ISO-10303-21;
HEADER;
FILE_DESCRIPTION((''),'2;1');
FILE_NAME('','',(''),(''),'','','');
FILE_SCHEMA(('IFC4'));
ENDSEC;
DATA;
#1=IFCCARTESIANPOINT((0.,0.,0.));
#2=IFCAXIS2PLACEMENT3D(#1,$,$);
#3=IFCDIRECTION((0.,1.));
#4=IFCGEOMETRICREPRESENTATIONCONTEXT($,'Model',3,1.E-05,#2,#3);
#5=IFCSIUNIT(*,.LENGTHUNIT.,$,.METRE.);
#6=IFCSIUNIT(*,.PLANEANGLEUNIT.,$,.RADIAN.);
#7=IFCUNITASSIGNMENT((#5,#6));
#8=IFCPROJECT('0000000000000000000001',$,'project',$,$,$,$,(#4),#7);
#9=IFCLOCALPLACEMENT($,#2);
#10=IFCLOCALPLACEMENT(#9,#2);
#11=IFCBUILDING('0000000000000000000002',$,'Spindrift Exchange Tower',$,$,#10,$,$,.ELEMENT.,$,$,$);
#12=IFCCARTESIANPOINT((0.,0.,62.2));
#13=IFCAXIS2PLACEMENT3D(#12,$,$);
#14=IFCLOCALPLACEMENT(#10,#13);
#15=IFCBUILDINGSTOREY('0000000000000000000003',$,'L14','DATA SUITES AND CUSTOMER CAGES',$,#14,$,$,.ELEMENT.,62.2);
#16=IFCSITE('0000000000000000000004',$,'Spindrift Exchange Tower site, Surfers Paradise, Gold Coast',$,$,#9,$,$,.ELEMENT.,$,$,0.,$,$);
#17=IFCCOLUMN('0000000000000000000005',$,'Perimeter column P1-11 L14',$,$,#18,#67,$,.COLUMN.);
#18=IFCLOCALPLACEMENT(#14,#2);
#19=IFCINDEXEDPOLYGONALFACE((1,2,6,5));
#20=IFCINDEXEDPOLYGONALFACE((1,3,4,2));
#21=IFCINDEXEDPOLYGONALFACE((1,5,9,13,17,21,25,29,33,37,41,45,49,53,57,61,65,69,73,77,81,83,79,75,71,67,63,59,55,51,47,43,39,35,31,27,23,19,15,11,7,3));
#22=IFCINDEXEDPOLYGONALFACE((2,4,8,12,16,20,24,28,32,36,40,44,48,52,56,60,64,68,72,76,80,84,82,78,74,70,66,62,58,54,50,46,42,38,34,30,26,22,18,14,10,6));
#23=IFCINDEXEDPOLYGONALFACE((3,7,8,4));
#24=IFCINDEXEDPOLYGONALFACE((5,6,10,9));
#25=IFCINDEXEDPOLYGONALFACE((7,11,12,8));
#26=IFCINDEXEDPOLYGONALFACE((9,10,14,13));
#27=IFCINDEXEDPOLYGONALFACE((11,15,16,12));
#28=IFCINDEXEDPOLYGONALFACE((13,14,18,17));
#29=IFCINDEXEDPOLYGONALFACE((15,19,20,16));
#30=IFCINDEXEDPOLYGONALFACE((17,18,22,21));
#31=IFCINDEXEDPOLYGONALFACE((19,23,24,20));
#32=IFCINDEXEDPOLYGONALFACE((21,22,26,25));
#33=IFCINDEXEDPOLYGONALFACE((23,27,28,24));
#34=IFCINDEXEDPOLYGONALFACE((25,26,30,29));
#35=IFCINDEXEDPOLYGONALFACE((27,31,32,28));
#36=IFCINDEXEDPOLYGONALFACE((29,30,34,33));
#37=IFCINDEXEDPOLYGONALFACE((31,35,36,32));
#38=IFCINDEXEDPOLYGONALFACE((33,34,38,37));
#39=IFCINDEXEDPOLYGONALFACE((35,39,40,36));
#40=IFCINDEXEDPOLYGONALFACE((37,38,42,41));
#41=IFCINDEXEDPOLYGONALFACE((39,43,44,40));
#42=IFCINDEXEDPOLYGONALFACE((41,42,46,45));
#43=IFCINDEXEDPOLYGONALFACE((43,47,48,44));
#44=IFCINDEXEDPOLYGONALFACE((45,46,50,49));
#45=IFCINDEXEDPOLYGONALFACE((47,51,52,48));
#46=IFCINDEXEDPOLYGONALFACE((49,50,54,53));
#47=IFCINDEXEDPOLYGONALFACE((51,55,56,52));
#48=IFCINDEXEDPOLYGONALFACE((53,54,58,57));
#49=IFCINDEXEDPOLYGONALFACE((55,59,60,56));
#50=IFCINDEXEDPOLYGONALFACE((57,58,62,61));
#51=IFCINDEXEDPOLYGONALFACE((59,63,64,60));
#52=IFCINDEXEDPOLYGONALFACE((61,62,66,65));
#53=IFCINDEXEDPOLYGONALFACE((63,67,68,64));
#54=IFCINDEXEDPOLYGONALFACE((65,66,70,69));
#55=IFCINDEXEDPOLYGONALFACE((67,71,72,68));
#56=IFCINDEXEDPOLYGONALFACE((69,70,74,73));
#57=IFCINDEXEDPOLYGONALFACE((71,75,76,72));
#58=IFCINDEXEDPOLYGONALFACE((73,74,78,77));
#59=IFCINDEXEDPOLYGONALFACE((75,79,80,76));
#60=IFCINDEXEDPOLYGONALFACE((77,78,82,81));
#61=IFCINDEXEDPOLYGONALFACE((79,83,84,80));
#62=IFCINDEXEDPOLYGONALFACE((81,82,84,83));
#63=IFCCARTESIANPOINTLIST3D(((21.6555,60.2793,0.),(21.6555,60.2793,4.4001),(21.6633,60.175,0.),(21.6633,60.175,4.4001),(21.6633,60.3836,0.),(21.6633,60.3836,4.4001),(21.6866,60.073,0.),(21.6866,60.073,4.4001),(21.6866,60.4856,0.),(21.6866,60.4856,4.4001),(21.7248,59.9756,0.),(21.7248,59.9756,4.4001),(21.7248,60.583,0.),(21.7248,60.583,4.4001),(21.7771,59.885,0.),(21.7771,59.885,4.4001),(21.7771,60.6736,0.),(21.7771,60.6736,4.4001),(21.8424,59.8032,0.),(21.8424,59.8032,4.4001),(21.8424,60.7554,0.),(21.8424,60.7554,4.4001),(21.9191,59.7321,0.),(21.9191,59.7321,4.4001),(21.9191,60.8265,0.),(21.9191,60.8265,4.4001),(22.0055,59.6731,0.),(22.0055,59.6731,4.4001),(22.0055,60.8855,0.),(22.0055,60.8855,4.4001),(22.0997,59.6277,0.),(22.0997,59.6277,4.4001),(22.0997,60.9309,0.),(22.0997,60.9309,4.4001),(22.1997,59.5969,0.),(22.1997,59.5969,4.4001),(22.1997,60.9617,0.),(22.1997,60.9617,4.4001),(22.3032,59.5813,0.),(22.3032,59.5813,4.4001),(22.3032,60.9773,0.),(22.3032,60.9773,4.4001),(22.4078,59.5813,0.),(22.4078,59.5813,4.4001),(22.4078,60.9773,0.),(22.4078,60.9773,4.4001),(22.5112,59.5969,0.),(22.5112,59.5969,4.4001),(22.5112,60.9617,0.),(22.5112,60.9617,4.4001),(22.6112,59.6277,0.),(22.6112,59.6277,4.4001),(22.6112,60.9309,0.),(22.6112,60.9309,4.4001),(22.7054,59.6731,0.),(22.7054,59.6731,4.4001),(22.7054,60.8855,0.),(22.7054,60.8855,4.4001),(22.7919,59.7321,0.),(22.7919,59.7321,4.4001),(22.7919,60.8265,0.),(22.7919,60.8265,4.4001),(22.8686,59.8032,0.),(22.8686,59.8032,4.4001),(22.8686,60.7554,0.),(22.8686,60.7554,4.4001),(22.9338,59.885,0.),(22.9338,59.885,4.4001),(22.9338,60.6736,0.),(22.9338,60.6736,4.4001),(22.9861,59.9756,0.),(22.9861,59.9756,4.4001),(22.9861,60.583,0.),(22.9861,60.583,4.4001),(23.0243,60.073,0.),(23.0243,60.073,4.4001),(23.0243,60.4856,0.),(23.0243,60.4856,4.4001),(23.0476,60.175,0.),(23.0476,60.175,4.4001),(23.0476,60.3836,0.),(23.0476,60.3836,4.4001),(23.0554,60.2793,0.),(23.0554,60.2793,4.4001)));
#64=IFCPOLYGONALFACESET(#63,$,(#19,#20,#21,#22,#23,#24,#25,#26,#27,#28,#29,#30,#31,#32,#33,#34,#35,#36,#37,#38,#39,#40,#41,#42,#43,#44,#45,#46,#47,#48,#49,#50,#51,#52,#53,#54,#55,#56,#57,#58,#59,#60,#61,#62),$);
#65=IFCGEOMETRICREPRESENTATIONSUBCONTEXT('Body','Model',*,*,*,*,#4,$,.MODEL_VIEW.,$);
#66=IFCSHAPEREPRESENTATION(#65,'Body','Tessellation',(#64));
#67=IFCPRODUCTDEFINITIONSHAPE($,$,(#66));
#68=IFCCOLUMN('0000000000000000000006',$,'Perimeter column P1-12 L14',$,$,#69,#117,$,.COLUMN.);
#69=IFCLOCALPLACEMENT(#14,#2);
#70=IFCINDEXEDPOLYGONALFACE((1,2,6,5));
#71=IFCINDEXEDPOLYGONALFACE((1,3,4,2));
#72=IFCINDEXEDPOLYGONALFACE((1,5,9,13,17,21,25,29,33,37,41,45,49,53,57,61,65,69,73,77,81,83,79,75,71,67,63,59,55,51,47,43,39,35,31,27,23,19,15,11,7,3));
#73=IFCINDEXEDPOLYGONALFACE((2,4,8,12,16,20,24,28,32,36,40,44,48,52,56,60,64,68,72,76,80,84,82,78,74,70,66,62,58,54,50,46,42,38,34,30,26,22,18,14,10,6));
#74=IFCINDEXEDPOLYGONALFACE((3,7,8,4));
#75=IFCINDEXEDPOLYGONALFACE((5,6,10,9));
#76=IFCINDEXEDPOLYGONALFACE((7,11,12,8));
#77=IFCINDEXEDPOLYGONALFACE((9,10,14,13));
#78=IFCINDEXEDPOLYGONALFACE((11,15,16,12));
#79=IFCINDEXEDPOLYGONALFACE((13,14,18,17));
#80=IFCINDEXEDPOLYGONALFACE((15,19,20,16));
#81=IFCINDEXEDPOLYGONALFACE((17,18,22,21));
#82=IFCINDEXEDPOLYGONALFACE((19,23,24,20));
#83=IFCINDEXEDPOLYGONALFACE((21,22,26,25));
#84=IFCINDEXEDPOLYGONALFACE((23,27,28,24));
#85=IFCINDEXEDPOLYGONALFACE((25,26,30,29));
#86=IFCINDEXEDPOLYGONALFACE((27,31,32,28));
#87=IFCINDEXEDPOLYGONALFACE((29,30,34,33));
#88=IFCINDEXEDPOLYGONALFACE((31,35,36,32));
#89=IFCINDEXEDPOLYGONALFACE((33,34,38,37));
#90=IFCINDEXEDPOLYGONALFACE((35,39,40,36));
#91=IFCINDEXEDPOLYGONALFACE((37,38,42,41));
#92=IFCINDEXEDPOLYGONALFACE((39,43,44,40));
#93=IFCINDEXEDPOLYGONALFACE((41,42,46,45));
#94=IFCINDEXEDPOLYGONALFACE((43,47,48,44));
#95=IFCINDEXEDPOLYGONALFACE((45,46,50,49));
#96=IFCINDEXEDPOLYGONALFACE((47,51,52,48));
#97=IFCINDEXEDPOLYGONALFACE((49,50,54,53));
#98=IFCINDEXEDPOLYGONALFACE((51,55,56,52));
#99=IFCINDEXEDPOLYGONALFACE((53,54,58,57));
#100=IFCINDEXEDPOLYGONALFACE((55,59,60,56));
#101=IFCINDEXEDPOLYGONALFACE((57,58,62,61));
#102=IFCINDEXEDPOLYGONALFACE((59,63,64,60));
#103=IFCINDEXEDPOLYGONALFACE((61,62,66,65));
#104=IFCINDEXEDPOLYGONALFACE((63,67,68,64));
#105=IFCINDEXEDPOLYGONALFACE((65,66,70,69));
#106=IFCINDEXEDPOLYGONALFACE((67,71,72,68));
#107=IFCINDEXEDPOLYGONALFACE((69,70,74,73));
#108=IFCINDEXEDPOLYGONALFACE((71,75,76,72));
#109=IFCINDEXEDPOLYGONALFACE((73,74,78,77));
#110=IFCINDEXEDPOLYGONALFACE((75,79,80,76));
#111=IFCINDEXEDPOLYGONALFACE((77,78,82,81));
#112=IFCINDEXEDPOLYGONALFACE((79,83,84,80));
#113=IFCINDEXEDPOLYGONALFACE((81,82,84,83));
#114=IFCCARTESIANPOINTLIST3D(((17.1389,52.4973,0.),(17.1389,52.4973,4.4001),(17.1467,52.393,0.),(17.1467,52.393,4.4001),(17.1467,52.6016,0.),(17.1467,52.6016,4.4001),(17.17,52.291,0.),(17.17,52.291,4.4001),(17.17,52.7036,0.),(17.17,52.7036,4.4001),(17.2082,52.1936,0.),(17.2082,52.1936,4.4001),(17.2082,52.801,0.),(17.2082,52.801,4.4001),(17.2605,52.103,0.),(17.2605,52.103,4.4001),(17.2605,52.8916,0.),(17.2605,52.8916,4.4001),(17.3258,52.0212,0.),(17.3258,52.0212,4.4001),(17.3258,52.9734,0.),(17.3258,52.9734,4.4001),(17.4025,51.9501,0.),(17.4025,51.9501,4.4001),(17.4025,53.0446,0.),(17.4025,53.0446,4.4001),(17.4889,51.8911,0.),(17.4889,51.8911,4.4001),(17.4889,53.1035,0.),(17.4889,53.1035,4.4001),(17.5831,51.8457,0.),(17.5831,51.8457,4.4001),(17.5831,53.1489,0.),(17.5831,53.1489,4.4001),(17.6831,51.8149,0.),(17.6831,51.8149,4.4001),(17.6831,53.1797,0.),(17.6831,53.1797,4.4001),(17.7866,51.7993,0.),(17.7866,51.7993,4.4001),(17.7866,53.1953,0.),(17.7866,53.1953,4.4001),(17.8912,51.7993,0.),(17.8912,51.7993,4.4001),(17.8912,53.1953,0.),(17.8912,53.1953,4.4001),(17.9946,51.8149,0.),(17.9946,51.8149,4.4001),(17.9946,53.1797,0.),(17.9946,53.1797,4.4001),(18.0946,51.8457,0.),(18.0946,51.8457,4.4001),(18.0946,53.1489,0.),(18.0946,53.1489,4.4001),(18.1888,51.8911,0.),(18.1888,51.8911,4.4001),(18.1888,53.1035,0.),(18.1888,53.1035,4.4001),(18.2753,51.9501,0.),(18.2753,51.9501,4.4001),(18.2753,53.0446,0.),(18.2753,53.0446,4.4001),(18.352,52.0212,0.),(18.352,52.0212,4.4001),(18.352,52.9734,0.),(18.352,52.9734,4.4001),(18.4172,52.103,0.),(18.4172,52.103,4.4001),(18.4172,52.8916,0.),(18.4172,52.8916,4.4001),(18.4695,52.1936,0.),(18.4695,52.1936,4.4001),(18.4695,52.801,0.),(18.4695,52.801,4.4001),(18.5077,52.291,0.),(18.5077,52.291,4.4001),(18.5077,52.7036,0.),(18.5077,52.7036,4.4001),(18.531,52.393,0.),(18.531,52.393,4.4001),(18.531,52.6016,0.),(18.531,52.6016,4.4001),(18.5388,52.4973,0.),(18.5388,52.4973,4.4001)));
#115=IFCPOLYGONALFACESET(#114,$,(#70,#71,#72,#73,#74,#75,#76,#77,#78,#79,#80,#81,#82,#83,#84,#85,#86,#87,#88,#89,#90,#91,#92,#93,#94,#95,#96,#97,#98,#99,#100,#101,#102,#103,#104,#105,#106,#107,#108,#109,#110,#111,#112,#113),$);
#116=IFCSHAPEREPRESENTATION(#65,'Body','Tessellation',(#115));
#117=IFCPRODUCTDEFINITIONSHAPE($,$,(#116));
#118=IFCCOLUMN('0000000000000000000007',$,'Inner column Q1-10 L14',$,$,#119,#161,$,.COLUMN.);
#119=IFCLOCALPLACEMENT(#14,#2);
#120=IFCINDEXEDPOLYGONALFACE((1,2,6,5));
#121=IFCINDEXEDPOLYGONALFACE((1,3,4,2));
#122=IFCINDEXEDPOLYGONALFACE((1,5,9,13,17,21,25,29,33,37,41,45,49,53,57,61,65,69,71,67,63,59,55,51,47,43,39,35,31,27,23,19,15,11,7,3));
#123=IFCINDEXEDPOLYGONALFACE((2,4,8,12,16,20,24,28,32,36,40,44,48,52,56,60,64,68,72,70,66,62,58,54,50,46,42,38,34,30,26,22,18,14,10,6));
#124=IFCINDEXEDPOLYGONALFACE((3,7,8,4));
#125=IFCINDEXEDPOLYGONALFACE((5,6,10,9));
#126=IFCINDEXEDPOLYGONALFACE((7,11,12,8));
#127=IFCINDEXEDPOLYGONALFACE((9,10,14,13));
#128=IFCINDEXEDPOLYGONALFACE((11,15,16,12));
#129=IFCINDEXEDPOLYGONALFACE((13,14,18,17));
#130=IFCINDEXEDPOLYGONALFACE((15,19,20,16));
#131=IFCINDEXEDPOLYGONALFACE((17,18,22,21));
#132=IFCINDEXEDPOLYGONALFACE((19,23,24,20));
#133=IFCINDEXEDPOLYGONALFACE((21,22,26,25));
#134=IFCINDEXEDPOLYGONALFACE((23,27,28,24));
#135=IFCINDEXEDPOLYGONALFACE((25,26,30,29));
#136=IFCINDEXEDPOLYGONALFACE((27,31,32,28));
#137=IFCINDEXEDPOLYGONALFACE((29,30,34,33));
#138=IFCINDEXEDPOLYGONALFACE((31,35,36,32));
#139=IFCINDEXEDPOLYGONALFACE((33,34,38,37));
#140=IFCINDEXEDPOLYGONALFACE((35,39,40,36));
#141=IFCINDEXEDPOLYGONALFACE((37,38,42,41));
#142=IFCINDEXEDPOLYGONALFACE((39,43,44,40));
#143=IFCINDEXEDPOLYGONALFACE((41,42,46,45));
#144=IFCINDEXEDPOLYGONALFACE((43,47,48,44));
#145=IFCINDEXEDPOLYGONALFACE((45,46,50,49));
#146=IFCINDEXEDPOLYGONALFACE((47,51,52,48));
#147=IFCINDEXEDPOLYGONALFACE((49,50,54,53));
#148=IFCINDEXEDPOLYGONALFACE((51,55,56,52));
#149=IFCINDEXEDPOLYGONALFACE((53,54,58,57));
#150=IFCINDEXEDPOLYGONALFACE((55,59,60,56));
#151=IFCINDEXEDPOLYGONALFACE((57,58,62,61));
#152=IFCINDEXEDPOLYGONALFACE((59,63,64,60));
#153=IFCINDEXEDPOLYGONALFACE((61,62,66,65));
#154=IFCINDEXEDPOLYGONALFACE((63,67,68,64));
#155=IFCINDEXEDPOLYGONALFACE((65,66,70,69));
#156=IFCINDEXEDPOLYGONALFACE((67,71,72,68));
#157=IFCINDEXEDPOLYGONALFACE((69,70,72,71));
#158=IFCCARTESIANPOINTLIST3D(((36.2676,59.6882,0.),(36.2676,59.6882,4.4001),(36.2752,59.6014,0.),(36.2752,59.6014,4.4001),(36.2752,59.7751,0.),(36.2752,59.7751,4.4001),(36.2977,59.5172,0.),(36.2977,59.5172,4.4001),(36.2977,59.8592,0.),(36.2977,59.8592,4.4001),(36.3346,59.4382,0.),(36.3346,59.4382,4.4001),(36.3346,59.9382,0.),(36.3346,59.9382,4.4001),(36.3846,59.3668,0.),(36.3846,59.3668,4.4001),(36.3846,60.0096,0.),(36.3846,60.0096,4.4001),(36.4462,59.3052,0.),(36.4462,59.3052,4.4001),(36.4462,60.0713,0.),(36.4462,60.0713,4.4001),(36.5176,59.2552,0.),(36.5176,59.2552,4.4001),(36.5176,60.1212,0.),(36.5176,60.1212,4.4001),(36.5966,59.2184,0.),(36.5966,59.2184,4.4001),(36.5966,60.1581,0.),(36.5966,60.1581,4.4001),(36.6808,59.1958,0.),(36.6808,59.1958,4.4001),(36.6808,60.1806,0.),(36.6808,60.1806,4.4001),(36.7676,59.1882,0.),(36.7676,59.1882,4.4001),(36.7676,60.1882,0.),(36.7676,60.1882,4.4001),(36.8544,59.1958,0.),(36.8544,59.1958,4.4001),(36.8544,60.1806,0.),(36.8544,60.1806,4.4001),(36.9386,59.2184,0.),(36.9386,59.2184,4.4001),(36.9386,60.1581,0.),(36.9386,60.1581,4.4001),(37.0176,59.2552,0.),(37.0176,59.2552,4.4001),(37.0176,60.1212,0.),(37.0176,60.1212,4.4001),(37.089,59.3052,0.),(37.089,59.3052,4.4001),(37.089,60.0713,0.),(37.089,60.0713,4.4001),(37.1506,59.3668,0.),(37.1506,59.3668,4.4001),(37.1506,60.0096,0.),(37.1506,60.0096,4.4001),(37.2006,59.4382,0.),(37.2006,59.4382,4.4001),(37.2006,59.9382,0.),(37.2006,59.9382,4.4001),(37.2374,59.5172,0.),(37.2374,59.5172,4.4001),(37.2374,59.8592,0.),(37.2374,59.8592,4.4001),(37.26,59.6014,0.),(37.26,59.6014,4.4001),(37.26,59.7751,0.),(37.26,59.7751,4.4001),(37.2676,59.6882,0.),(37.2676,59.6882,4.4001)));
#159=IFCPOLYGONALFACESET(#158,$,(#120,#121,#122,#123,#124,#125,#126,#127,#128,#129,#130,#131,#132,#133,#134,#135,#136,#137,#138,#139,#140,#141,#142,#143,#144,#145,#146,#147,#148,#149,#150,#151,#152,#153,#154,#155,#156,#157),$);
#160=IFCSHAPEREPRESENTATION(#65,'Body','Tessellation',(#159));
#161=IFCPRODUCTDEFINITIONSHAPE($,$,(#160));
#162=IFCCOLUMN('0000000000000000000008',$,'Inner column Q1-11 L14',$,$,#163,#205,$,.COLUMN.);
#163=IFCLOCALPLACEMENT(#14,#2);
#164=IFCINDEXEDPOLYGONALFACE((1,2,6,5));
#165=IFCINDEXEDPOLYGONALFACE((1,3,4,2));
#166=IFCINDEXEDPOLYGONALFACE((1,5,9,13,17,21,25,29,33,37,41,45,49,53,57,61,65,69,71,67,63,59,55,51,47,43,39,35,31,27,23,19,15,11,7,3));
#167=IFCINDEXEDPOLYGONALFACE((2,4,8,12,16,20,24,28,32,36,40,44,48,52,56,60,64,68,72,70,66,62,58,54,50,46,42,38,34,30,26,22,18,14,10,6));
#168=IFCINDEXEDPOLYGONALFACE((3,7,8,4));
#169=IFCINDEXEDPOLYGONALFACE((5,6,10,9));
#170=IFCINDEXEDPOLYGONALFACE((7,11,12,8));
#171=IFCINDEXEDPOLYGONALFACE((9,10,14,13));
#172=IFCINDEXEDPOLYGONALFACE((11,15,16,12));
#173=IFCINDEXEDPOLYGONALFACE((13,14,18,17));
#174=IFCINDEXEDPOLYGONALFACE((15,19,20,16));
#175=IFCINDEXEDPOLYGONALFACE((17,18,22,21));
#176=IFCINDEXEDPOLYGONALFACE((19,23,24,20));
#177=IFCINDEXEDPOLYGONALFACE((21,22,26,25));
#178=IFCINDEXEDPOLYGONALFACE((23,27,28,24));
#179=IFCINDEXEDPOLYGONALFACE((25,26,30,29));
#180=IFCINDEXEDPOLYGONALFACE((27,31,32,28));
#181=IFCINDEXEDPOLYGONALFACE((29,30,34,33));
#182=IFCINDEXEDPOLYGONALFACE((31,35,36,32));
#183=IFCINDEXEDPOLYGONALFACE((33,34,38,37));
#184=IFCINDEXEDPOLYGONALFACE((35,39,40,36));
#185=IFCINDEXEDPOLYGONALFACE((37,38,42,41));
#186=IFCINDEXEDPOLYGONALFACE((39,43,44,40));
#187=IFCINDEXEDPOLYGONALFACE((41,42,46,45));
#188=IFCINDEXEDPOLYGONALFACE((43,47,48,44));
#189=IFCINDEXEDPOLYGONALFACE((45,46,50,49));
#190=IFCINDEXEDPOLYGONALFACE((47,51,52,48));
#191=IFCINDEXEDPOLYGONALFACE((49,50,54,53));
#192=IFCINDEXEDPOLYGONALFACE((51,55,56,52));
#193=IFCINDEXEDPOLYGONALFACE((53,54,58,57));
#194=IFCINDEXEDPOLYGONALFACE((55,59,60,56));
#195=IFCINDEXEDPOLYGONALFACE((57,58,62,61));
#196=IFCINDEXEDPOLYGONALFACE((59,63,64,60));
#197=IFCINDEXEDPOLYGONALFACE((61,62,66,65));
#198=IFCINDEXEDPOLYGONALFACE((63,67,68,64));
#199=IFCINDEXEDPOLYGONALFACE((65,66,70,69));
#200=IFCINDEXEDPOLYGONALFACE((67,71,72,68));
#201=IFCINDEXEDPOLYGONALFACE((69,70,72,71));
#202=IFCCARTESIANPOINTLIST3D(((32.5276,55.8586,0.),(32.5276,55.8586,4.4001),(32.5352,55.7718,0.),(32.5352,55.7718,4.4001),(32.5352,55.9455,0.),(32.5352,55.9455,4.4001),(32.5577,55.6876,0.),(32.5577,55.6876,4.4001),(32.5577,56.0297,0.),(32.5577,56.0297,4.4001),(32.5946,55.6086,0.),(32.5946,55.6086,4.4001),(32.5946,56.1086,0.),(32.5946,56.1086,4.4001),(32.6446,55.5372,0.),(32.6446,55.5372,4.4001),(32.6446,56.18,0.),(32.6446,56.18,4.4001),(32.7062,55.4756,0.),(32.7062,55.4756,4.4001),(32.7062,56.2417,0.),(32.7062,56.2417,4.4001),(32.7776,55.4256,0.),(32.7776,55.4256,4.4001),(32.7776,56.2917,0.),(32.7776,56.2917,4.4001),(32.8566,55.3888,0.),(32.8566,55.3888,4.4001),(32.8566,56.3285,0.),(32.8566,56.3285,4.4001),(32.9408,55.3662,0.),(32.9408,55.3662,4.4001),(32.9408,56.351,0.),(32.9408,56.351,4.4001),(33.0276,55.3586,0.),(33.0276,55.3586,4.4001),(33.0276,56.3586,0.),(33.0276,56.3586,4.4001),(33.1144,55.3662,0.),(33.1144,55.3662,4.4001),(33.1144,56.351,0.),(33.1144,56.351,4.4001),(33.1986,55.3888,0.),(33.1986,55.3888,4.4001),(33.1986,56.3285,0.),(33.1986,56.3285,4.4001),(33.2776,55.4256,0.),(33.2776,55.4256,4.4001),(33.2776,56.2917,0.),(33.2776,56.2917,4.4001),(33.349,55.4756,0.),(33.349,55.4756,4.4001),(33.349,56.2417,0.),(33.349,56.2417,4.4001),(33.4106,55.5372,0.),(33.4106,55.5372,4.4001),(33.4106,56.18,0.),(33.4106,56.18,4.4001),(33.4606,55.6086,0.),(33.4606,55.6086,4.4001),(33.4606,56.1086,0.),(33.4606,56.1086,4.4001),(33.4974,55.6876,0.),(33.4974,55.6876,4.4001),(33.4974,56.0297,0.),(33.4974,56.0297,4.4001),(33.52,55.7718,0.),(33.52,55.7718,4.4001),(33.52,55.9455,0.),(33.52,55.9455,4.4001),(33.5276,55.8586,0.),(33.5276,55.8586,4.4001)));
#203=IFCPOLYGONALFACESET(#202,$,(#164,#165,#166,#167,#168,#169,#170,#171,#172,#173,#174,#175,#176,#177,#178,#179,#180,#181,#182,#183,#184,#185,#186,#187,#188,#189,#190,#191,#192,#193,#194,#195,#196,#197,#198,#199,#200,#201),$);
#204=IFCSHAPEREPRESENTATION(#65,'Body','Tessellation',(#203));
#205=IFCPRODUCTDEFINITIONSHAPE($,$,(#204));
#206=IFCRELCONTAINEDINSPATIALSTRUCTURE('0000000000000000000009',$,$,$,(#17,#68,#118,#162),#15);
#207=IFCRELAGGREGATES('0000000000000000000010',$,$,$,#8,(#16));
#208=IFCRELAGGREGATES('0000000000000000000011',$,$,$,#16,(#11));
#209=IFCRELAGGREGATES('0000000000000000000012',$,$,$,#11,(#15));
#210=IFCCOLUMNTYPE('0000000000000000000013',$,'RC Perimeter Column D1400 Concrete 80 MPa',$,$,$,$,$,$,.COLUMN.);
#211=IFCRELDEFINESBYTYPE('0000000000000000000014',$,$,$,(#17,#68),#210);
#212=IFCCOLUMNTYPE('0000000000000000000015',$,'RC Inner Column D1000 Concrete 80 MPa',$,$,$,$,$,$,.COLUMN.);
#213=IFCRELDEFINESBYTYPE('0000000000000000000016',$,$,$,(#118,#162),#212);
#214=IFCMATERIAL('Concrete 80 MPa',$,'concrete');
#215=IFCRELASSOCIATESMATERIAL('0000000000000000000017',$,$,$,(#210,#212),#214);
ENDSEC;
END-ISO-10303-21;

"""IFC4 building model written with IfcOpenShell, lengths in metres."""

from ifc_helpers import new_model, si_unit, direction, frame, origin, origin_2d, place, context, subcontext, project, spatial, circle, extrude, source, transform, mapped, material, material_profile, profile_set, type_object, element, save


model = new_model("IFC4")

# Units and contexts
model_context = context("Model", 3, precision=1e-05, world=origin(), true_north=direction((0.0, 1.0)))
body_context = subcontext(model_context, "Body", "Model", "MODEL_VIEW")
ifc_project = project(units=[si_unit("LENGTHUNIT", "METRE"), si_unit("PLANEANGLEUNIT", "RADIAN")], contexts=[model_context])

# Site, building, storey
site_placement = place(None, origin())
site = spatial("IfcSite", under=ifc_project, at=site_placement, Name="Spindrift Exchange Tower site, Surfers Paradise, Gold Coast", CompositionType="ELEMENT", RefElevation=0.0)
building_placement = place(site_placement, origin())
building = spatial("IfcBuilding", under=site, at=building_placement, Name="Spindrift Exchange Tower", CompositionType="ELEMENT")
storey_placement = place(building_placement, frame((0.0, 0.0, 62.2)))
storey = spatial("IfcBuildingStorey", under=building, at=storey_placement, Name="L14", Description="DATA SUITES AND CUSTOMER CAGES", CompositionType="ELEMENT", Elevation=62.2)

# Columns
ifc_material_1 = material(Name="Concrete 80 MPa", Category="concrete")
ifc_material_profile_1 = material_profile(ifc_material_1, circle(Radius=0.7, at=origin_2d()), Name="RC D1400")
ifc_profile_set_1 = profile_set([ifc_material_profile_1], Name="Concrete 80 MPa")
column_type_1 = type_object("IfcColumnType", Name="RC Perimeter Column D1400 Concrete 80 MPa", PredefinedType="COLUMN", material=ifc_profile_set_1)
shared_shape_1 = source(origin(), body_context, "Body", "SweptSolid", [
    extrude(circle(Radius=0.7, at=origin_2d()), origin(), (0.0, 0.0, 1.0), 4.4001),
])
for number, where, z_axis, x_axis, name in (
    (1, (22.3555, 60.2793, 0.0), (0.0, 0.0, 1.0), (1.0, 0.0, 0.0), "Perimeter column P1-11 L14"),
    (2, (17.8389, 52.4973, 0.0), (0.0, 0.0, 1.0), (1.0, 0.0, 0.0), "Perimeter column P1-12 L14"),
):
    element("IfcColumn", number, at=place(storey_placement, frame(where, z_axis=z_axis, x_axis=x_axis)), inside=storey, type_object=column_type_1, Name=name, PredefinedType="COLUMN", context=body_context, shape_type="MappedRepresentation", body=[
        mapped(shared_shape_1, transform((0.0, 0.0, 0.0), scale=1.0)),
    ])
ifc_material_profile_2 = material_profile(ifc_material_1, circle(Radius=0.5, at=origin_2d()), Name="RC D1000")
ifc_profile_set_2 = profile_set([ifc_material_profile_2], Name="Concrete 80 MPa")
column_type_2 = type_object("IfcColumnType", Name="RC Inner Column D1000 Concrete 80 MPa", PredefinedType="COLUMN", material=ifc_profile_set_2)
shared_shape_2 = source(origin(), body_context, "Body", "SweptSolid", [
    extrude(circle(Radius=0.5, at=origin_2d()), origin(), (0.0, 0.0, 1.0), 4.4001),
])
for number, where, z_axis, x_axis, name in (
    (3, (36.7676, 59.6882, 0.0), (0.0, 0.0, 1.0), (1.0, 0.0, 0.0), "Inner column Q1-10 L14"),
    (4, (33.0276, 55.8586, 0.0), (0.0, 0.0, 1.0), (1.0, 0.0, 0.0), "Inner column Q1-11 L14"),
):
    element("IfcColumn", number, at=place(storey_placement, frame(where, z_axis=z_axis, x_axis=x_axis)), inside=storey, type_object=column_type_2, Name=name, PredefinedType="COLUMN", context=body_context, shape_type="MappedRepresentation", body=[
        mapped(shared_shape_2, transform((0.0, 0.0, 0.0), scale=1.0)),
    ])

save(model, "model.ifc")
